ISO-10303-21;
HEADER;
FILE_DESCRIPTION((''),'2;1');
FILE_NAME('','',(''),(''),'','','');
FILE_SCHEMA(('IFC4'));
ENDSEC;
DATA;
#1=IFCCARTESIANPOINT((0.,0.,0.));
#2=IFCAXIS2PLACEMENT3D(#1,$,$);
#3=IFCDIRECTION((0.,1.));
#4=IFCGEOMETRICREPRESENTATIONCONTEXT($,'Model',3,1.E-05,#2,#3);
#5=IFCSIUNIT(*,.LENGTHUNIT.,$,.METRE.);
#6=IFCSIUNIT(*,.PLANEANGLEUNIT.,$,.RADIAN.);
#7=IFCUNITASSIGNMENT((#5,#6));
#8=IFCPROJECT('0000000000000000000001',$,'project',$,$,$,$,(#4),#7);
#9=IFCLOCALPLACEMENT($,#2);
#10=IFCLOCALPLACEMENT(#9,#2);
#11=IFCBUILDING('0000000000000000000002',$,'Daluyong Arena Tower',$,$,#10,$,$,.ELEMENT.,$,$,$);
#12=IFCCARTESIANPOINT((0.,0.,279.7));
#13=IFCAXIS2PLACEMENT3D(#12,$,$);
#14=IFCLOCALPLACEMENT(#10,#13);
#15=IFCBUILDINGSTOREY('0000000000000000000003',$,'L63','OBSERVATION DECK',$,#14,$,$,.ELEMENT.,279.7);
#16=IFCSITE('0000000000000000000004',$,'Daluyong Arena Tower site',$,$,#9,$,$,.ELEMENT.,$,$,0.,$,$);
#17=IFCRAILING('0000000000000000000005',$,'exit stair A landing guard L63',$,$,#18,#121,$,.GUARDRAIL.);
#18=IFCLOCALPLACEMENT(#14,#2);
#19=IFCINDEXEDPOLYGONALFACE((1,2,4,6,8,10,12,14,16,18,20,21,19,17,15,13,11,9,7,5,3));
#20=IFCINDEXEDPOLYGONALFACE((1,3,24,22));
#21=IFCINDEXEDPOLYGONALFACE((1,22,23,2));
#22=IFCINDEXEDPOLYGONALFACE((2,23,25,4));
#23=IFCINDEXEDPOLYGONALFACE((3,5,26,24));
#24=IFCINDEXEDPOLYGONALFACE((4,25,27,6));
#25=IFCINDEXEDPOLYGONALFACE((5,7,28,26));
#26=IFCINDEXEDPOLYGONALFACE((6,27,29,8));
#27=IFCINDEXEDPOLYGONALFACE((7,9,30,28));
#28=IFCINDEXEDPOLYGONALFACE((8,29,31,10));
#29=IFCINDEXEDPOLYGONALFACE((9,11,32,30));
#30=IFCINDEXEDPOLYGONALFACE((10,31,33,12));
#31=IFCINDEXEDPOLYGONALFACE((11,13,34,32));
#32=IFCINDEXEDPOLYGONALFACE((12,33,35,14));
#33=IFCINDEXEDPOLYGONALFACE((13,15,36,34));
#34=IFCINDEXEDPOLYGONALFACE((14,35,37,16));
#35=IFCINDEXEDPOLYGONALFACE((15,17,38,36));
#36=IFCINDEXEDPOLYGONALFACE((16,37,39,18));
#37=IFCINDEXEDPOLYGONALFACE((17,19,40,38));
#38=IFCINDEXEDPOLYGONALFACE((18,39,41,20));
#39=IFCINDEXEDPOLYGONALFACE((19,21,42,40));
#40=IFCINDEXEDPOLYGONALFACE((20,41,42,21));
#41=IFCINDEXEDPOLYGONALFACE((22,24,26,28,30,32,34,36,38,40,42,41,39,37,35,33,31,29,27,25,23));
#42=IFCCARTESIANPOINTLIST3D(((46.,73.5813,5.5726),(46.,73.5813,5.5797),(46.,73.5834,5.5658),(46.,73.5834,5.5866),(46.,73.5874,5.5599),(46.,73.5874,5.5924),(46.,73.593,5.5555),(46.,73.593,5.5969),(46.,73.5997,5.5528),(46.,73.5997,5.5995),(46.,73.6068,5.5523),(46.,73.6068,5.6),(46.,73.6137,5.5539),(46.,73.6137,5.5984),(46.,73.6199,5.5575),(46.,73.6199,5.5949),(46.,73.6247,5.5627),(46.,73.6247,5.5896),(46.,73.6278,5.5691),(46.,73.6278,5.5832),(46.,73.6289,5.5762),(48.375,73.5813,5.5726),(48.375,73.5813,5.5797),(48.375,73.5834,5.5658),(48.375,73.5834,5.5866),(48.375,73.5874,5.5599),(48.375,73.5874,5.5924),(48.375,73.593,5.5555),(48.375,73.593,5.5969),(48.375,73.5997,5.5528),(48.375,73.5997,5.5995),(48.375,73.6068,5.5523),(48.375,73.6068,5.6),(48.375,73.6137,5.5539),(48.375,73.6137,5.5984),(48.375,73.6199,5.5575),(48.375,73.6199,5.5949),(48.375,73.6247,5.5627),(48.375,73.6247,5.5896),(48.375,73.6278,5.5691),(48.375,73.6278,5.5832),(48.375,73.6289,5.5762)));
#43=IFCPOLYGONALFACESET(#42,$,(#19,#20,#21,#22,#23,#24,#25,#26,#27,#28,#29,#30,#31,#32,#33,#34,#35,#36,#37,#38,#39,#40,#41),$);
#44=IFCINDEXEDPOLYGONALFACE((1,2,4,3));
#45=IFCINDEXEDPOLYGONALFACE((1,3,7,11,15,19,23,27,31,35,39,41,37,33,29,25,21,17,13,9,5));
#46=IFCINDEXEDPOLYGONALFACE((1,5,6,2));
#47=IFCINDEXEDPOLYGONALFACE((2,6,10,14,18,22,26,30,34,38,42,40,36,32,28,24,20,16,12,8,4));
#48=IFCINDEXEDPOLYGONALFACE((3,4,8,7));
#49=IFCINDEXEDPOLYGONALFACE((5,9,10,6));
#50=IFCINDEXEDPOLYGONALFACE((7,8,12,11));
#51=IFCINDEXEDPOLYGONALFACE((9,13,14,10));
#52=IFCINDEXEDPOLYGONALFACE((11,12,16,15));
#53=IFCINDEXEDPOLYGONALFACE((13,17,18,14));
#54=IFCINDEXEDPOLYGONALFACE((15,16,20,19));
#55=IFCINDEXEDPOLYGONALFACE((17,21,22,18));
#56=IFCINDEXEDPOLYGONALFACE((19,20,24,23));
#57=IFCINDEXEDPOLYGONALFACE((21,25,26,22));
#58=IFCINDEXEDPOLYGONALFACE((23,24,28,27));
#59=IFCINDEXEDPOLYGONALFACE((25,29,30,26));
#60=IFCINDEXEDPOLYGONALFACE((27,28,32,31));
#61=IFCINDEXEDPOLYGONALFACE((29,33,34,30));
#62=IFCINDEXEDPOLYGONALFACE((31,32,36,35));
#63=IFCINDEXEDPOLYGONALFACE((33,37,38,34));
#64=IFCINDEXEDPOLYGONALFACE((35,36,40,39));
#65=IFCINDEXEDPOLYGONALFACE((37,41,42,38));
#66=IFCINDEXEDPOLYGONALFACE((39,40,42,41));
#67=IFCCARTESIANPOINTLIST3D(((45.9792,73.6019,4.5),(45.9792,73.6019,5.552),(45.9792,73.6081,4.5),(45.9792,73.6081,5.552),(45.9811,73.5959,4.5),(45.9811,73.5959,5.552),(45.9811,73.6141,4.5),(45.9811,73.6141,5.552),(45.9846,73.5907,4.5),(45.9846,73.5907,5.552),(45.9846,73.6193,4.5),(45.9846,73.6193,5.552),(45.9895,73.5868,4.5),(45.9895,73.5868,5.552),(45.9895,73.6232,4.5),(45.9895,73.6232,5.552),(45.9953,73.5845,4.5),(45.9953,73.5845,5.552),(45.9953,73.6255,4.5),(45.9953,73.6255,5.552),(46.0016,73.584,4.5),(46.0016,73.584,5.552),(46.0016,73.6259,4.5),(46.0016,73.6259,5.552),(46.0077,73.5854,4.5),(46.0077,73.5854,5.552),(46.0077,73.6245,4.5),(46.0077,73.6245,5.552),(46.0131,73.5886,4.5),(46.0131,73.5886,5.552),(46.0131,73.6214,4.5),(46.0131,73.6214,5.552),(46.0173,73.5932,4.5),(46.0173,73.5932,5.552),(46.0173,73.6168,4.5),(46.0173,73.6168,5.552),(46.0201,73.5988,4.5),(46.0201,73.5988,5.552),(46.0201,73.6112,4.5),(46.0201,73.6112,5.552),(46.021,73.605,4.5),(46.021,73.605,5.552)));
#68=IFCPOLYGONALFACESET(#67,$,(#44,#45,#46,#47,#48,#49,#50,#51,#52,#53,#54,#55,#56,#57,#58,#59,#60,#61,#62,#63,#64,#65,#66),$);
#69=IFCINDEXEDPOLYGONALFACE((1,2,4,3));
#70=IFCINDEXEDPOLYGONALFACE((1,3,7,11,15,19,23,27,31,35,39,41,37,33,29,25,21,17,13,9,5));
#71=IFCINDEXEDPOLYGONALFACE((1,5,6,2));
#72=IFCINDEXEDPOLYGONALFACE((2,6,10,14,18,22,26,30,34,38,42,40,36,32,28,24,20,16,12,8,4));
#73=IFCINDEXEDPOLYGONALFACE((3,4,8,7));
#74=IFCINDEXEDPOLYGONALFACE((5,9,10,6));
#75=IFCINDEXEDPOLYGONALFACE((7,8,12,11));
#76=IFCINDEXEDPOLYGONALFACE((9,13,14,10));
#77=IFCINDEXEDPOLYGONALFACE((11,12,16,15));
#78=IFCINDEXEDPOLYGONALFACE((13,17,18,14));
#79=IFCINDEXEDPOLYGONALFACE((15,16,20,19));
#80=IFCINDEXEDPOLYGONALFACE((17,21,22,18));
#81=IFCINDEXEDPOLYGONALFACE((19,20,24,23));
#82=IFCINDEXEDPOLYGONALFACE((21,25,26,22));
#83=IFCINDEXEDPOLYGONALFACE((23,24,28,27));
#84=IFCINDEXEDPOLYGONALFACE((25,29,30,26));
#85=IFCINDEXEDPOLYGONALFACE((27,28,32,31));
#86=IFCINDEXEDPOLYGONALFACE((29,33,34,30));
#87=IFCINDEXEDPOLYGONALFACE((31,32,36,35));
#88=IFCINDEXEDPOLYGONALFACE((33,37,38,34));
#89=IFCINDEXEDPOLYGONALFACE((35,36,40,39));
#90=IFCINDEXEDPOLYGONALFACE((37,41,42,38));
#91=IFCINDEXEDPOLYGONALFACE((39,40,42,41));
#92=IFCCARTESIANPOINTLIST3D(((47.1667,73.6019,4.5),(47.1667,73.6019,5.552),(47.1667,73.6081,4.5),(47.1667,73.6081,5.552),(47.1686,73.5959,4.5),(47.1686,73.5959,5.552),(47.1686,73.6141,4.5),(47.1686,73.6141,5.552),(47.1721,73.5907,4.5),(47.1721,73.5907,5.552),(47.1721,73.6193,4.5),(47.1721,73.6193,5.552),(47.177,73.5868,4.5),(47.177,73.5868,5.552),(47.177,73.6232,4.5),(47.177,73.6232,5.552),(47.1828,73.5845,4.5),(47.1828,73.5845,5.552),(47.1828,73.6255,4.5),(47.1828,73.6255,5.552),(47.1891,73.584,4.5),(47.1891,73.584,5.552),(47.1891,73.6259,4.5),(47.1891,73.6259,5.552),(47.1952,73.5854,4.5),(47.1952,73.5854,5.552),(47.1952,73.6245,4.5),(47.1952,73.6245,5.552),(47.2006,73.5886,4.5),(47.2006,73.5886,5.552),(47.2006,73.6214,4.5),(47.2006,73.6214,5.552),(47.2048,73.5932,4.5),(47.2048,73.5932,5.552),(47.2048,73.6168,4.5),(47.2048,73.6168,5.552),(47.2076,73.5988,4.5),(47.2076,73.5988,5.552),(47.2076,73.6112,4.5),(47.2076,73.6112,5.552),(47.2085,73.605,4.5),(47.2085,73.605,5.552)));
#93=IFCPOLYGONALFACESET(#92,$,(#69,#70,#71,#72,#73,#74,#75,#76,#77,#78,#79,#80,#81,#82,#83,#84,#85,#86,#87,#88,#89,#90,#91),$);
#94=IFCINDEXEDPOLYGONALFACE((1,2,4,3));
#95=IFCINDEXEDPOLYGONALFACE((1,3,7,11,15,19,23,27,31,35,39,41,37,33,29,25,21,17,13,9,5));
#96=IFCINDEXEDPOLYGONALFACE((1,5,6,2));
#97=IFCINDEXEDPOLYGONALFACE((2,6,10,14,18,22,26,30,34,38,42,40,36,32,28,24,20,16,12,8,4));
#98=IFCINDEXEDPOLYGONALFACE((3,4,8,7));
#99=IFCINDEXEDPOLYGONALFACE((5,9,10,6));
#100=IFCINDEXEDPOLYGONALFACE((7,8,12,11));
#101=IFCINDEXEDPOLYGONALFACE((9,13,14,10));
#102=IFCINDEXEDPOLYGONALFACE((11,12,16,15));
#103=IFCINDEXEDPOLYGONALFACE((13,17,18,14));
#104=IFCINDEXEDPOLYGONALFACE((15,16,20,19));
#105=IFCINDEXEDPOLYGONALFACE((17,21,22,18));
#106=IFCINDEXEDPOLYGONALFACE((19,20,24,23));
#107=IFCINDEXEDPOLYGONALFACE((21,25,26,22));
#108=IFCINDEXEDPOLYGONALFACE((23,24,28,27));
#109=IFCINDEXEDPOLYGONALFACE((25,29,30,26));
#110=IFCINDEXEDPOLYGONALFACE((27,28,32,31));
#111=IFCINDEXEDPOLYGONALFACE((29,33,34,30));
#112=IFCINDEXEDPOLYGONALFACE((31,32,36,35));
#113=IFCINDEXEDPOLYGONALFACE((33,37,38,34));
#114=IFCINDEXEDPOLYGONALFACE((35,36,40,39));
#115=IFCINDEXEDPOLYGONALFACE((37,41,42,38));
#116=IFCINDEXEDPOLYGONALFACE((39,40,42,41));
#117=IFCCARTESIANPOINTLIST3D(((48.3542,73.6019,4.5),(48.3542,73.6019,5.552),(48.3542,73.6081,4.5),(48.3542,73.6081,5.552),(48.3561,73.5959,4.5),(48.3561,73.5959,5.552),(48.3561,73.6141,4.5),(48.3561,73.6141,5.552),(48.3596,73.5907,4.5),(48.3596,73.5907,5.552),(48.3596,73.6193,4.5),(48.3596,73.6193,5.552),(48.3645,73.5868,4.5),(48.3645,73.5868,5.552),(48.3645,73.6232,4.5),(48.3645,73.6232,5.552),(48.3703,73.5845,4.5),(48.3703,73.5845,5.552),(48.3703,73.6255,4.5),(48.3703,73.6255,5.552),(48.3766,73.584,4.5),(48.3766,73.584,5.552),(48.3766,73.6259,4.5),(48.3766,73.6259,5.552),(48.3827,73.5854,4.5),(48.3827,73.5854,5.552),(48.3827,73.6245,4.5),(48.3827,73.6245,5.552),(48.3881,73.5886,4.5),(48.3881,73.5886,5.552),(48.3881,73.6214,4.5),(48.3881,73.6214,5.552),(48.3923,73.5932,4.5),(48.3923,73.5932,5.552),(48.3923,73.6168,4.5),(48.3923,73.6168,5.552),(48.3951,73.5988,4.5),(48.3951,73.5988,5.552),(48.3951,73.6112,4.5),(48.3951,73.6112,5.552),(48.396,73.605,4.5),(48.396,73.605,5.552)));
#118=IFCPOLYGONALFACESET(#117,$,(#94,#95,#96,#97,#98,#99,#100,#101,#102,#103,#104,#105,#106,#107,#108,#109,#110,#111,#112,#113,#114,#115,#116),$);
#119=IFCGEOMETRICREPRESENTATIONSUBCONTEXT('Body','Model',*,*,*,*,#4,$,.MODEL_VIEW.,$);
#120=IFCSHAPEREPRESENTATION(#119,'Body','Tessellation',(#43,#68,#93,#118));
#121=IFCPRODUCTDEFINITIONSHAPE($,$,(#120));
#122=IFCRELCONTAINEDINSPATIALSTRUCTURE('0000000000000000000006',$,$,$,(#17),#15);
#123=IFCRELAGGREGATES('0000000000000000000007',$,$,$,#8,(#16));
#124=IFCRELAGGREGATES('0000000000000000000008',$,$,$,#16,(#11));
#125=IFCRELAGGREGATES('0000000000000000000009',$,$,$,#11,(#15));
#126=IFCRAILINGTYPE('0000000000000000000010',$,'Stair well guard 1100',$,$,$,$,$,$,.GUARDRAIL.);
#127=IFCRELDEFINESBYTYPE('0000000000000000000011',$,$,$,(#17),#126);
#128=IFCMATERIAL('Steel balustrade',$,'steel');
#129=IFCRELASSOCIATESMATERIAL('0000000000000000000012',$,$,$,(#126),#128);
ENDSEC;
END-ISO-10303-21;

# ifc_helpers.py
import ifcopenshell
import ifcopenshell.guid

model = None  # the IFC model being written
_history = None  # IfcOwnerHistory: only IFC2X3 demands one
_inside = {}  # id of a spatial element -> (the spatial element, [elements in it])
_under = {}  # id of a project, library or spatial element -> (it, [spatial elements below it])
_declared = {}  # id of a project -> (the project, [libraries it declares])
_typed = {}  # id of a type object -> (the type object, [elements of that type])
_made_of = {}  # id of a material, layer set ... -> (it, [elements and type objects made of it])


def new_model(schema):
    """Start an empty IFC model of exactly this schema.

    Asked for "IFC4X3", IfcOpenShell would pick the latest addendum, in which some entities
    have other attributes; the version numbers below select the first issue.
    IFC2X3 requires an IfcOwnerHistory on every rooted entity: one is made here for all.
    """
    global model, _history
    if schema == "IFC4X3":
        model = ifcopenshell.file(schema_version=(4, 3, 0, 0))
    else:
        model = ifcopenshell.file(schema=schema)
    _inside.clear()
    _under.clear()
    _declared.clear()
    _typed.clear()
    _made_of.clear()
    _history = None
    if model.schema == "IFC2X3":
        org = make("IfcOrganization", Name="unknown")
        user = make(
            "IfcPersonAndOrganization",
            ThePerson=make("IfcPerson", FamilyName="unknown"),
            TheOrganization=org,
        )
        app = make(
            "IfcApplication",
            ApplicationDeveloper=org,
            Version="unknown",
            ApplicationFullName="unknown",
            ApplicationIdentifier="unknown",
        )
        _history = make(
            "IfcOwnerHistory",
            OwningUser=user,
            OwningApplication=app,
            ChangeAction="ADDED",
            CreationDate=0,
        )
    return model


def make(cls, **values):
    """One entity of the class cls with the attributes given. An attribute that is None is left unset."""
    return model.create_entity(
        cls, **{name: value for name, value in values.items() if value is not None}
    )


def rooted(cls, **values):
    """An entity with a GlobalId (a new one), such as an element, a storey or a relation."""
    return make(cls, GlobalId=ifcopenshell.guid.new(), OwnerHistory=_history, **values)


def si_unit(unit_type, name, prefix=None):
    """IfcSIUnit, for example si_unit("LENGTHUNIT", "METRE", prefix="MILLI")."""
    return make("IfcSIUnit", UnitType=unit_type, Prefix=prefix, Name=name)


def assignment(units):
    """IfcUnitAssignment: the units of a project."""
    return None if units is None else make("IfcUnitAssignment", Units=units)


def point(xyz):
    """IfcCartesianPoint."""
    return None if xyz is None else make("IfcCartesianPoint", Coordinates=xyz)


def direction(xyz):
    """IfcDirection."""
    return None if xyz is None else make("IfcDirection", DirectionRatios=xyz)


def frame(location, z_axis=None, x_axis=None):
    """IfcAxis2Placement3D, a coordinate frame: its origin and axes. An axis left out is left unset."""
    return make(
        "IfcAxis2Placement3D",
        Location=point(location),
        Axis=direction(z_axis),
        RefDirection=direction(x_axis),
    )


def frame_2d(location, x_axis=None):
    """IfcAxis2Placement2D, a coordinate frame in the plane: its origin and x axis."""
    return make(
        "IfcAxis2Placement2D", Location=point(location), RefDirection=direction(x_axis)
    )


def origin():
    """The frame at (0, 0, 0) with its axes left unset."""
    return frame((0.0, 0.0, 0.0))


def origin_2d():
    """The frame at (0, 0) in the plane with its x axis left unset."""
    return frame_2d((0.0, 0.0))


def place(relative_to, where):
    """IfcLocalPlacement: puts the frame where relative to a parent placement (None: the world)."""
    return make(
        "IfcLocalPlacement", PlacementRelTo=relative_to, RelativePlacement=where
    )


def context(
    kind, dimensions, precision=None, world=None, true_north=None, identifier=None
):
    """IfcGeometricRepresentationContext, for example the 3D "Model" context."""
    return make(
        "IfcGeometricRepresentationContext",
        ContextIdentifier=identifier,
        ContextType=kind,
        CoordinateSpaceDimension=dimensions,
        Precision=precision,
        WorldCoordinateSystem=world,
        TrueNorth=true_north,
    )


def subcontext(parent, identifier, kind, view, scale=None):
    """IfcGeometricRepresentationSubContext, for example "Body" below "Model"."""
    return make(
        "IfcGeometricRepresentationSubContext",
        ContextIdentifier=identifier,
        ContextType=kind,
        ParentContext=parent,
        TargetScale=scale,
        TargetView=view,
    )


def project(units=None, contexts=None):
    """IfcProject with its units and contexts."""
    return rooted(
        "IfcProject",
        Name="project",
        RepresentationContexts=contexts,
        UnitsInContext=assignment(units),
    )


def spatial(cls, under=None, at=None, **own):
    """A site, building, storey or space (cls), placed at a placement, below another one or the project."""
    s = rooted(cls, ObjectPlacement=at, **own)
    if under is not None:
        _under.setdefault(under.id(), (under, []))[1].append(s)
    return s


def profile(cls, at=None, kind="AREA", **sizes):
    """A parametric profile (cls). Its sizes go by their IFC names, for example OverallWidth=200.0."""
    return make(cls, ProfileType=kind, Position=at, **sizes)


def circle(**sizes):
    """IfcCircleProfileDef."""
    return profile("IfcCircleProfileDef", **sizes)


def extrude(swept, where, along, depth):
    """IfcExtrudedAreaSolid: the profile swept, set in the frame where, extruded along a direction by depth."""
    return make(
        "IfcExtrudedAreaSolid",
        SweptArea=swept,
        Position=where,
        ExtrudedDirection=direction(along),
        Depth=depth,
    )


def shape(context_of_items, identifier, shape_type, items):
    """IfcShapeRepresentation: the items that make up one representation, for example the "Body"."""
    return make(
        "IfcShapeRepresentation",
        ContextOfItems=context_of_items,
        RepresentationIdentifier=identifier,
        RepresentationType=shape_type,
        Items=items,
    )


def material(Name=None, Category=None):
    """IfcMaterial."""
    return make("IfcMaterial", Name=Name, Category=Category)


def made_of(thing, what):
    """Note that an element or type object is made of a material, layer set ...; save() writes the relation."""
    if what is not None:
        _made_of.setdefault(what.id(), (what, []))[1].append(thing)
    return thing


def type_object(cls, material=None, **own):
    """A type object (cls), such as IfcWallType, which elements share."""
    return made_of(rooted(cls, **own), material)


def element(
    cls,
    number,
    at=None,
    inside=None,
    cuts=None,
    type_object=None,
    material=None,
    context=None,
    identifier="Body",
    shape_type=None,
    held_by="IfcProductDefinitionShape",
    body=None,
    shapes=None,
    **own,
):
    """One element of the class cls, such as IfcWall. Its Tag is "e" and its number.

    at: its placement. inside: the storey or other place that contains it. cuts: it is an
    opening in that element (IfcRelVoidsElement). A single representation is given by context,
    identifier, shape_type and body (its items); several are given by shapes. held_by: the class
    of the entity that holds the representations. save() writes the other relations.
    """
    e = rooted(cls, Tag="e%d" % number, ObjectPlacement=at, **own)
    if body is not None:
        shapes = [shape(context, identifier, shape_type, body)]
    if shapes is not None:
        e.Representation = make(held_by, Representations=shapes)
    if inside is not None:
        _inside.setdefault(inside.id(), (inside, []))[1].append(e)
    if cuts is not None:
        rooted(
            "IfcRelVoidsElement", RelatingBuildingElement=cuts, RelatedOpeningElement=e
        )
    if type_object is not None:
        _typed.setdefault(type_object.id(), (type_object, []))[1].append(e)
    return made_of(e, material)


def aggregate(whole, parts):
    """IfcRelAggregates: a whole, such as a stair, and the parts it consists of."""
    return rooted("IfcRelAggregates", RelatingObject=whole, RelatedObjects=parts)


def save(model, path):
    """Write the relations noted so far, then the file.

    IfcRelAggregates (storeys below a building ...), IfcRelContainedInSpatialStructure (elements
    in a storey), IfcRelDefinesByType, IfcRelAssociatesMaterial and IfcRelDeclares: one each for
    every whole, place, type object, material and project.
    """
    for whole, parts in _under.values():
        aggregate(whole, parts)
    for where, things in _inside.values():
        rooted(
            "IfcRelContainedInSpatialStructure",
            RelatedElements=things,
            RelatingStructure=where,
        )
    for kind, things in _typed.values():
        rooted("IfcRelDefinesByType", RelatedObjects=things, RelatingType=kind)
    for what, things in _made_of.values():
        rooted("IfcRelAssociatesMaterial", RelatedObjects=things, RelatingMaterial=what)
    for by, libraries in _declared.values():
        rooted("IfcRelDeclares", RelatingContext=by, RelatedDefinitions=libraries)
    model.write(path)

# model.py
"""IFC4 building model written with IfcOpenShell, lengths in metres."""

from ifc_helpers import new_model, si_unit, direction, frame, origin, origin_2d, place, context, subcontext, project, spatial, circle, extrude, material, type_object, element, save


model = new_model("IFC4")

# Units and contexts
model_context = context("Model", 3, precision=1e-05, world=origin(), true_north=direction((0.0, 1.0)))
body_context = subcontext(model_context, "Body", "Model", "MODEL_VIEW")
ifc_project = project(units=[si_unit("LENGTHUNIT", "METRE"), si_unit("PLANEANGLEUNIT", "RADIAN")], contexts=[model_context])

# Site, building, storey
site_placement = place(None, origin())
site = spatial("IfcSite", under=ifc_project, at=site_placement, Name="Daluyong Arena Tower site", CompositionType="ELEMENT", RefElevation=0.0)
building_placement = place(site_placement, origin())
building = spatial("IfcBuilding", under=site, at=building_placement, Name="Daluyong Arena Tower", CompositionType="ELEMENT")
storey_placement = place(building_placement, frame((0.0, 0.0, 279.7)))
storey = spatial("IfcBuildingStorey", under=building, at=storey_placement, Name="L63", Description="OBSERVATION DECK", CompositionType="ELEMENT", Elevation=279.7)

# Railing
ifc_material_1 = material(Name="Steel balustrade", Category="steel")
railing_type_1 = type_object("IfcRailingType", Name="Stair well guard 1100", PredefinedType="GUARDRAIL", material=ifc_material_1)
for number, where, name in (
    (1, (46.0, 73.605, 4.5), "exit stair A landing guard L63"),
):
    element("IfcRailing", number, at=place(storey_placement, frame(where)), inside=storey, type_object=railing_type_1, Name=name, PredefinedType="GUARDRAIL", context=body_context, shape_type="SweptSolid", body=[
        extrude(circle(Radius=0.0239, at=origin_2d()), frame((0.0, 0.0, 1.0762), z_axis=(1.0, 0.0, 0.0), x_axis=(0.0, 1.0, 0.0)), (0.0, 0.0, 1.0), 2.375),
        extrude(circle(Radius=0.021, at=origin_2d()), origin(), (0.0, 0.0, 1.0), 1.052),
        extrude(circle(Radius=0.021, at=origin_2d()), frame((1.1875, 0.0, 0.0)), (0.0, 0.0, 1.0), 1.052),
        extrude(circle(Radius=0.021, at=origin_2d()), frame((2.375, 0.0, 0.0)), (0.0, 0.0, 1.0), 1.052),
    ])

save(model, "model.ifc")
